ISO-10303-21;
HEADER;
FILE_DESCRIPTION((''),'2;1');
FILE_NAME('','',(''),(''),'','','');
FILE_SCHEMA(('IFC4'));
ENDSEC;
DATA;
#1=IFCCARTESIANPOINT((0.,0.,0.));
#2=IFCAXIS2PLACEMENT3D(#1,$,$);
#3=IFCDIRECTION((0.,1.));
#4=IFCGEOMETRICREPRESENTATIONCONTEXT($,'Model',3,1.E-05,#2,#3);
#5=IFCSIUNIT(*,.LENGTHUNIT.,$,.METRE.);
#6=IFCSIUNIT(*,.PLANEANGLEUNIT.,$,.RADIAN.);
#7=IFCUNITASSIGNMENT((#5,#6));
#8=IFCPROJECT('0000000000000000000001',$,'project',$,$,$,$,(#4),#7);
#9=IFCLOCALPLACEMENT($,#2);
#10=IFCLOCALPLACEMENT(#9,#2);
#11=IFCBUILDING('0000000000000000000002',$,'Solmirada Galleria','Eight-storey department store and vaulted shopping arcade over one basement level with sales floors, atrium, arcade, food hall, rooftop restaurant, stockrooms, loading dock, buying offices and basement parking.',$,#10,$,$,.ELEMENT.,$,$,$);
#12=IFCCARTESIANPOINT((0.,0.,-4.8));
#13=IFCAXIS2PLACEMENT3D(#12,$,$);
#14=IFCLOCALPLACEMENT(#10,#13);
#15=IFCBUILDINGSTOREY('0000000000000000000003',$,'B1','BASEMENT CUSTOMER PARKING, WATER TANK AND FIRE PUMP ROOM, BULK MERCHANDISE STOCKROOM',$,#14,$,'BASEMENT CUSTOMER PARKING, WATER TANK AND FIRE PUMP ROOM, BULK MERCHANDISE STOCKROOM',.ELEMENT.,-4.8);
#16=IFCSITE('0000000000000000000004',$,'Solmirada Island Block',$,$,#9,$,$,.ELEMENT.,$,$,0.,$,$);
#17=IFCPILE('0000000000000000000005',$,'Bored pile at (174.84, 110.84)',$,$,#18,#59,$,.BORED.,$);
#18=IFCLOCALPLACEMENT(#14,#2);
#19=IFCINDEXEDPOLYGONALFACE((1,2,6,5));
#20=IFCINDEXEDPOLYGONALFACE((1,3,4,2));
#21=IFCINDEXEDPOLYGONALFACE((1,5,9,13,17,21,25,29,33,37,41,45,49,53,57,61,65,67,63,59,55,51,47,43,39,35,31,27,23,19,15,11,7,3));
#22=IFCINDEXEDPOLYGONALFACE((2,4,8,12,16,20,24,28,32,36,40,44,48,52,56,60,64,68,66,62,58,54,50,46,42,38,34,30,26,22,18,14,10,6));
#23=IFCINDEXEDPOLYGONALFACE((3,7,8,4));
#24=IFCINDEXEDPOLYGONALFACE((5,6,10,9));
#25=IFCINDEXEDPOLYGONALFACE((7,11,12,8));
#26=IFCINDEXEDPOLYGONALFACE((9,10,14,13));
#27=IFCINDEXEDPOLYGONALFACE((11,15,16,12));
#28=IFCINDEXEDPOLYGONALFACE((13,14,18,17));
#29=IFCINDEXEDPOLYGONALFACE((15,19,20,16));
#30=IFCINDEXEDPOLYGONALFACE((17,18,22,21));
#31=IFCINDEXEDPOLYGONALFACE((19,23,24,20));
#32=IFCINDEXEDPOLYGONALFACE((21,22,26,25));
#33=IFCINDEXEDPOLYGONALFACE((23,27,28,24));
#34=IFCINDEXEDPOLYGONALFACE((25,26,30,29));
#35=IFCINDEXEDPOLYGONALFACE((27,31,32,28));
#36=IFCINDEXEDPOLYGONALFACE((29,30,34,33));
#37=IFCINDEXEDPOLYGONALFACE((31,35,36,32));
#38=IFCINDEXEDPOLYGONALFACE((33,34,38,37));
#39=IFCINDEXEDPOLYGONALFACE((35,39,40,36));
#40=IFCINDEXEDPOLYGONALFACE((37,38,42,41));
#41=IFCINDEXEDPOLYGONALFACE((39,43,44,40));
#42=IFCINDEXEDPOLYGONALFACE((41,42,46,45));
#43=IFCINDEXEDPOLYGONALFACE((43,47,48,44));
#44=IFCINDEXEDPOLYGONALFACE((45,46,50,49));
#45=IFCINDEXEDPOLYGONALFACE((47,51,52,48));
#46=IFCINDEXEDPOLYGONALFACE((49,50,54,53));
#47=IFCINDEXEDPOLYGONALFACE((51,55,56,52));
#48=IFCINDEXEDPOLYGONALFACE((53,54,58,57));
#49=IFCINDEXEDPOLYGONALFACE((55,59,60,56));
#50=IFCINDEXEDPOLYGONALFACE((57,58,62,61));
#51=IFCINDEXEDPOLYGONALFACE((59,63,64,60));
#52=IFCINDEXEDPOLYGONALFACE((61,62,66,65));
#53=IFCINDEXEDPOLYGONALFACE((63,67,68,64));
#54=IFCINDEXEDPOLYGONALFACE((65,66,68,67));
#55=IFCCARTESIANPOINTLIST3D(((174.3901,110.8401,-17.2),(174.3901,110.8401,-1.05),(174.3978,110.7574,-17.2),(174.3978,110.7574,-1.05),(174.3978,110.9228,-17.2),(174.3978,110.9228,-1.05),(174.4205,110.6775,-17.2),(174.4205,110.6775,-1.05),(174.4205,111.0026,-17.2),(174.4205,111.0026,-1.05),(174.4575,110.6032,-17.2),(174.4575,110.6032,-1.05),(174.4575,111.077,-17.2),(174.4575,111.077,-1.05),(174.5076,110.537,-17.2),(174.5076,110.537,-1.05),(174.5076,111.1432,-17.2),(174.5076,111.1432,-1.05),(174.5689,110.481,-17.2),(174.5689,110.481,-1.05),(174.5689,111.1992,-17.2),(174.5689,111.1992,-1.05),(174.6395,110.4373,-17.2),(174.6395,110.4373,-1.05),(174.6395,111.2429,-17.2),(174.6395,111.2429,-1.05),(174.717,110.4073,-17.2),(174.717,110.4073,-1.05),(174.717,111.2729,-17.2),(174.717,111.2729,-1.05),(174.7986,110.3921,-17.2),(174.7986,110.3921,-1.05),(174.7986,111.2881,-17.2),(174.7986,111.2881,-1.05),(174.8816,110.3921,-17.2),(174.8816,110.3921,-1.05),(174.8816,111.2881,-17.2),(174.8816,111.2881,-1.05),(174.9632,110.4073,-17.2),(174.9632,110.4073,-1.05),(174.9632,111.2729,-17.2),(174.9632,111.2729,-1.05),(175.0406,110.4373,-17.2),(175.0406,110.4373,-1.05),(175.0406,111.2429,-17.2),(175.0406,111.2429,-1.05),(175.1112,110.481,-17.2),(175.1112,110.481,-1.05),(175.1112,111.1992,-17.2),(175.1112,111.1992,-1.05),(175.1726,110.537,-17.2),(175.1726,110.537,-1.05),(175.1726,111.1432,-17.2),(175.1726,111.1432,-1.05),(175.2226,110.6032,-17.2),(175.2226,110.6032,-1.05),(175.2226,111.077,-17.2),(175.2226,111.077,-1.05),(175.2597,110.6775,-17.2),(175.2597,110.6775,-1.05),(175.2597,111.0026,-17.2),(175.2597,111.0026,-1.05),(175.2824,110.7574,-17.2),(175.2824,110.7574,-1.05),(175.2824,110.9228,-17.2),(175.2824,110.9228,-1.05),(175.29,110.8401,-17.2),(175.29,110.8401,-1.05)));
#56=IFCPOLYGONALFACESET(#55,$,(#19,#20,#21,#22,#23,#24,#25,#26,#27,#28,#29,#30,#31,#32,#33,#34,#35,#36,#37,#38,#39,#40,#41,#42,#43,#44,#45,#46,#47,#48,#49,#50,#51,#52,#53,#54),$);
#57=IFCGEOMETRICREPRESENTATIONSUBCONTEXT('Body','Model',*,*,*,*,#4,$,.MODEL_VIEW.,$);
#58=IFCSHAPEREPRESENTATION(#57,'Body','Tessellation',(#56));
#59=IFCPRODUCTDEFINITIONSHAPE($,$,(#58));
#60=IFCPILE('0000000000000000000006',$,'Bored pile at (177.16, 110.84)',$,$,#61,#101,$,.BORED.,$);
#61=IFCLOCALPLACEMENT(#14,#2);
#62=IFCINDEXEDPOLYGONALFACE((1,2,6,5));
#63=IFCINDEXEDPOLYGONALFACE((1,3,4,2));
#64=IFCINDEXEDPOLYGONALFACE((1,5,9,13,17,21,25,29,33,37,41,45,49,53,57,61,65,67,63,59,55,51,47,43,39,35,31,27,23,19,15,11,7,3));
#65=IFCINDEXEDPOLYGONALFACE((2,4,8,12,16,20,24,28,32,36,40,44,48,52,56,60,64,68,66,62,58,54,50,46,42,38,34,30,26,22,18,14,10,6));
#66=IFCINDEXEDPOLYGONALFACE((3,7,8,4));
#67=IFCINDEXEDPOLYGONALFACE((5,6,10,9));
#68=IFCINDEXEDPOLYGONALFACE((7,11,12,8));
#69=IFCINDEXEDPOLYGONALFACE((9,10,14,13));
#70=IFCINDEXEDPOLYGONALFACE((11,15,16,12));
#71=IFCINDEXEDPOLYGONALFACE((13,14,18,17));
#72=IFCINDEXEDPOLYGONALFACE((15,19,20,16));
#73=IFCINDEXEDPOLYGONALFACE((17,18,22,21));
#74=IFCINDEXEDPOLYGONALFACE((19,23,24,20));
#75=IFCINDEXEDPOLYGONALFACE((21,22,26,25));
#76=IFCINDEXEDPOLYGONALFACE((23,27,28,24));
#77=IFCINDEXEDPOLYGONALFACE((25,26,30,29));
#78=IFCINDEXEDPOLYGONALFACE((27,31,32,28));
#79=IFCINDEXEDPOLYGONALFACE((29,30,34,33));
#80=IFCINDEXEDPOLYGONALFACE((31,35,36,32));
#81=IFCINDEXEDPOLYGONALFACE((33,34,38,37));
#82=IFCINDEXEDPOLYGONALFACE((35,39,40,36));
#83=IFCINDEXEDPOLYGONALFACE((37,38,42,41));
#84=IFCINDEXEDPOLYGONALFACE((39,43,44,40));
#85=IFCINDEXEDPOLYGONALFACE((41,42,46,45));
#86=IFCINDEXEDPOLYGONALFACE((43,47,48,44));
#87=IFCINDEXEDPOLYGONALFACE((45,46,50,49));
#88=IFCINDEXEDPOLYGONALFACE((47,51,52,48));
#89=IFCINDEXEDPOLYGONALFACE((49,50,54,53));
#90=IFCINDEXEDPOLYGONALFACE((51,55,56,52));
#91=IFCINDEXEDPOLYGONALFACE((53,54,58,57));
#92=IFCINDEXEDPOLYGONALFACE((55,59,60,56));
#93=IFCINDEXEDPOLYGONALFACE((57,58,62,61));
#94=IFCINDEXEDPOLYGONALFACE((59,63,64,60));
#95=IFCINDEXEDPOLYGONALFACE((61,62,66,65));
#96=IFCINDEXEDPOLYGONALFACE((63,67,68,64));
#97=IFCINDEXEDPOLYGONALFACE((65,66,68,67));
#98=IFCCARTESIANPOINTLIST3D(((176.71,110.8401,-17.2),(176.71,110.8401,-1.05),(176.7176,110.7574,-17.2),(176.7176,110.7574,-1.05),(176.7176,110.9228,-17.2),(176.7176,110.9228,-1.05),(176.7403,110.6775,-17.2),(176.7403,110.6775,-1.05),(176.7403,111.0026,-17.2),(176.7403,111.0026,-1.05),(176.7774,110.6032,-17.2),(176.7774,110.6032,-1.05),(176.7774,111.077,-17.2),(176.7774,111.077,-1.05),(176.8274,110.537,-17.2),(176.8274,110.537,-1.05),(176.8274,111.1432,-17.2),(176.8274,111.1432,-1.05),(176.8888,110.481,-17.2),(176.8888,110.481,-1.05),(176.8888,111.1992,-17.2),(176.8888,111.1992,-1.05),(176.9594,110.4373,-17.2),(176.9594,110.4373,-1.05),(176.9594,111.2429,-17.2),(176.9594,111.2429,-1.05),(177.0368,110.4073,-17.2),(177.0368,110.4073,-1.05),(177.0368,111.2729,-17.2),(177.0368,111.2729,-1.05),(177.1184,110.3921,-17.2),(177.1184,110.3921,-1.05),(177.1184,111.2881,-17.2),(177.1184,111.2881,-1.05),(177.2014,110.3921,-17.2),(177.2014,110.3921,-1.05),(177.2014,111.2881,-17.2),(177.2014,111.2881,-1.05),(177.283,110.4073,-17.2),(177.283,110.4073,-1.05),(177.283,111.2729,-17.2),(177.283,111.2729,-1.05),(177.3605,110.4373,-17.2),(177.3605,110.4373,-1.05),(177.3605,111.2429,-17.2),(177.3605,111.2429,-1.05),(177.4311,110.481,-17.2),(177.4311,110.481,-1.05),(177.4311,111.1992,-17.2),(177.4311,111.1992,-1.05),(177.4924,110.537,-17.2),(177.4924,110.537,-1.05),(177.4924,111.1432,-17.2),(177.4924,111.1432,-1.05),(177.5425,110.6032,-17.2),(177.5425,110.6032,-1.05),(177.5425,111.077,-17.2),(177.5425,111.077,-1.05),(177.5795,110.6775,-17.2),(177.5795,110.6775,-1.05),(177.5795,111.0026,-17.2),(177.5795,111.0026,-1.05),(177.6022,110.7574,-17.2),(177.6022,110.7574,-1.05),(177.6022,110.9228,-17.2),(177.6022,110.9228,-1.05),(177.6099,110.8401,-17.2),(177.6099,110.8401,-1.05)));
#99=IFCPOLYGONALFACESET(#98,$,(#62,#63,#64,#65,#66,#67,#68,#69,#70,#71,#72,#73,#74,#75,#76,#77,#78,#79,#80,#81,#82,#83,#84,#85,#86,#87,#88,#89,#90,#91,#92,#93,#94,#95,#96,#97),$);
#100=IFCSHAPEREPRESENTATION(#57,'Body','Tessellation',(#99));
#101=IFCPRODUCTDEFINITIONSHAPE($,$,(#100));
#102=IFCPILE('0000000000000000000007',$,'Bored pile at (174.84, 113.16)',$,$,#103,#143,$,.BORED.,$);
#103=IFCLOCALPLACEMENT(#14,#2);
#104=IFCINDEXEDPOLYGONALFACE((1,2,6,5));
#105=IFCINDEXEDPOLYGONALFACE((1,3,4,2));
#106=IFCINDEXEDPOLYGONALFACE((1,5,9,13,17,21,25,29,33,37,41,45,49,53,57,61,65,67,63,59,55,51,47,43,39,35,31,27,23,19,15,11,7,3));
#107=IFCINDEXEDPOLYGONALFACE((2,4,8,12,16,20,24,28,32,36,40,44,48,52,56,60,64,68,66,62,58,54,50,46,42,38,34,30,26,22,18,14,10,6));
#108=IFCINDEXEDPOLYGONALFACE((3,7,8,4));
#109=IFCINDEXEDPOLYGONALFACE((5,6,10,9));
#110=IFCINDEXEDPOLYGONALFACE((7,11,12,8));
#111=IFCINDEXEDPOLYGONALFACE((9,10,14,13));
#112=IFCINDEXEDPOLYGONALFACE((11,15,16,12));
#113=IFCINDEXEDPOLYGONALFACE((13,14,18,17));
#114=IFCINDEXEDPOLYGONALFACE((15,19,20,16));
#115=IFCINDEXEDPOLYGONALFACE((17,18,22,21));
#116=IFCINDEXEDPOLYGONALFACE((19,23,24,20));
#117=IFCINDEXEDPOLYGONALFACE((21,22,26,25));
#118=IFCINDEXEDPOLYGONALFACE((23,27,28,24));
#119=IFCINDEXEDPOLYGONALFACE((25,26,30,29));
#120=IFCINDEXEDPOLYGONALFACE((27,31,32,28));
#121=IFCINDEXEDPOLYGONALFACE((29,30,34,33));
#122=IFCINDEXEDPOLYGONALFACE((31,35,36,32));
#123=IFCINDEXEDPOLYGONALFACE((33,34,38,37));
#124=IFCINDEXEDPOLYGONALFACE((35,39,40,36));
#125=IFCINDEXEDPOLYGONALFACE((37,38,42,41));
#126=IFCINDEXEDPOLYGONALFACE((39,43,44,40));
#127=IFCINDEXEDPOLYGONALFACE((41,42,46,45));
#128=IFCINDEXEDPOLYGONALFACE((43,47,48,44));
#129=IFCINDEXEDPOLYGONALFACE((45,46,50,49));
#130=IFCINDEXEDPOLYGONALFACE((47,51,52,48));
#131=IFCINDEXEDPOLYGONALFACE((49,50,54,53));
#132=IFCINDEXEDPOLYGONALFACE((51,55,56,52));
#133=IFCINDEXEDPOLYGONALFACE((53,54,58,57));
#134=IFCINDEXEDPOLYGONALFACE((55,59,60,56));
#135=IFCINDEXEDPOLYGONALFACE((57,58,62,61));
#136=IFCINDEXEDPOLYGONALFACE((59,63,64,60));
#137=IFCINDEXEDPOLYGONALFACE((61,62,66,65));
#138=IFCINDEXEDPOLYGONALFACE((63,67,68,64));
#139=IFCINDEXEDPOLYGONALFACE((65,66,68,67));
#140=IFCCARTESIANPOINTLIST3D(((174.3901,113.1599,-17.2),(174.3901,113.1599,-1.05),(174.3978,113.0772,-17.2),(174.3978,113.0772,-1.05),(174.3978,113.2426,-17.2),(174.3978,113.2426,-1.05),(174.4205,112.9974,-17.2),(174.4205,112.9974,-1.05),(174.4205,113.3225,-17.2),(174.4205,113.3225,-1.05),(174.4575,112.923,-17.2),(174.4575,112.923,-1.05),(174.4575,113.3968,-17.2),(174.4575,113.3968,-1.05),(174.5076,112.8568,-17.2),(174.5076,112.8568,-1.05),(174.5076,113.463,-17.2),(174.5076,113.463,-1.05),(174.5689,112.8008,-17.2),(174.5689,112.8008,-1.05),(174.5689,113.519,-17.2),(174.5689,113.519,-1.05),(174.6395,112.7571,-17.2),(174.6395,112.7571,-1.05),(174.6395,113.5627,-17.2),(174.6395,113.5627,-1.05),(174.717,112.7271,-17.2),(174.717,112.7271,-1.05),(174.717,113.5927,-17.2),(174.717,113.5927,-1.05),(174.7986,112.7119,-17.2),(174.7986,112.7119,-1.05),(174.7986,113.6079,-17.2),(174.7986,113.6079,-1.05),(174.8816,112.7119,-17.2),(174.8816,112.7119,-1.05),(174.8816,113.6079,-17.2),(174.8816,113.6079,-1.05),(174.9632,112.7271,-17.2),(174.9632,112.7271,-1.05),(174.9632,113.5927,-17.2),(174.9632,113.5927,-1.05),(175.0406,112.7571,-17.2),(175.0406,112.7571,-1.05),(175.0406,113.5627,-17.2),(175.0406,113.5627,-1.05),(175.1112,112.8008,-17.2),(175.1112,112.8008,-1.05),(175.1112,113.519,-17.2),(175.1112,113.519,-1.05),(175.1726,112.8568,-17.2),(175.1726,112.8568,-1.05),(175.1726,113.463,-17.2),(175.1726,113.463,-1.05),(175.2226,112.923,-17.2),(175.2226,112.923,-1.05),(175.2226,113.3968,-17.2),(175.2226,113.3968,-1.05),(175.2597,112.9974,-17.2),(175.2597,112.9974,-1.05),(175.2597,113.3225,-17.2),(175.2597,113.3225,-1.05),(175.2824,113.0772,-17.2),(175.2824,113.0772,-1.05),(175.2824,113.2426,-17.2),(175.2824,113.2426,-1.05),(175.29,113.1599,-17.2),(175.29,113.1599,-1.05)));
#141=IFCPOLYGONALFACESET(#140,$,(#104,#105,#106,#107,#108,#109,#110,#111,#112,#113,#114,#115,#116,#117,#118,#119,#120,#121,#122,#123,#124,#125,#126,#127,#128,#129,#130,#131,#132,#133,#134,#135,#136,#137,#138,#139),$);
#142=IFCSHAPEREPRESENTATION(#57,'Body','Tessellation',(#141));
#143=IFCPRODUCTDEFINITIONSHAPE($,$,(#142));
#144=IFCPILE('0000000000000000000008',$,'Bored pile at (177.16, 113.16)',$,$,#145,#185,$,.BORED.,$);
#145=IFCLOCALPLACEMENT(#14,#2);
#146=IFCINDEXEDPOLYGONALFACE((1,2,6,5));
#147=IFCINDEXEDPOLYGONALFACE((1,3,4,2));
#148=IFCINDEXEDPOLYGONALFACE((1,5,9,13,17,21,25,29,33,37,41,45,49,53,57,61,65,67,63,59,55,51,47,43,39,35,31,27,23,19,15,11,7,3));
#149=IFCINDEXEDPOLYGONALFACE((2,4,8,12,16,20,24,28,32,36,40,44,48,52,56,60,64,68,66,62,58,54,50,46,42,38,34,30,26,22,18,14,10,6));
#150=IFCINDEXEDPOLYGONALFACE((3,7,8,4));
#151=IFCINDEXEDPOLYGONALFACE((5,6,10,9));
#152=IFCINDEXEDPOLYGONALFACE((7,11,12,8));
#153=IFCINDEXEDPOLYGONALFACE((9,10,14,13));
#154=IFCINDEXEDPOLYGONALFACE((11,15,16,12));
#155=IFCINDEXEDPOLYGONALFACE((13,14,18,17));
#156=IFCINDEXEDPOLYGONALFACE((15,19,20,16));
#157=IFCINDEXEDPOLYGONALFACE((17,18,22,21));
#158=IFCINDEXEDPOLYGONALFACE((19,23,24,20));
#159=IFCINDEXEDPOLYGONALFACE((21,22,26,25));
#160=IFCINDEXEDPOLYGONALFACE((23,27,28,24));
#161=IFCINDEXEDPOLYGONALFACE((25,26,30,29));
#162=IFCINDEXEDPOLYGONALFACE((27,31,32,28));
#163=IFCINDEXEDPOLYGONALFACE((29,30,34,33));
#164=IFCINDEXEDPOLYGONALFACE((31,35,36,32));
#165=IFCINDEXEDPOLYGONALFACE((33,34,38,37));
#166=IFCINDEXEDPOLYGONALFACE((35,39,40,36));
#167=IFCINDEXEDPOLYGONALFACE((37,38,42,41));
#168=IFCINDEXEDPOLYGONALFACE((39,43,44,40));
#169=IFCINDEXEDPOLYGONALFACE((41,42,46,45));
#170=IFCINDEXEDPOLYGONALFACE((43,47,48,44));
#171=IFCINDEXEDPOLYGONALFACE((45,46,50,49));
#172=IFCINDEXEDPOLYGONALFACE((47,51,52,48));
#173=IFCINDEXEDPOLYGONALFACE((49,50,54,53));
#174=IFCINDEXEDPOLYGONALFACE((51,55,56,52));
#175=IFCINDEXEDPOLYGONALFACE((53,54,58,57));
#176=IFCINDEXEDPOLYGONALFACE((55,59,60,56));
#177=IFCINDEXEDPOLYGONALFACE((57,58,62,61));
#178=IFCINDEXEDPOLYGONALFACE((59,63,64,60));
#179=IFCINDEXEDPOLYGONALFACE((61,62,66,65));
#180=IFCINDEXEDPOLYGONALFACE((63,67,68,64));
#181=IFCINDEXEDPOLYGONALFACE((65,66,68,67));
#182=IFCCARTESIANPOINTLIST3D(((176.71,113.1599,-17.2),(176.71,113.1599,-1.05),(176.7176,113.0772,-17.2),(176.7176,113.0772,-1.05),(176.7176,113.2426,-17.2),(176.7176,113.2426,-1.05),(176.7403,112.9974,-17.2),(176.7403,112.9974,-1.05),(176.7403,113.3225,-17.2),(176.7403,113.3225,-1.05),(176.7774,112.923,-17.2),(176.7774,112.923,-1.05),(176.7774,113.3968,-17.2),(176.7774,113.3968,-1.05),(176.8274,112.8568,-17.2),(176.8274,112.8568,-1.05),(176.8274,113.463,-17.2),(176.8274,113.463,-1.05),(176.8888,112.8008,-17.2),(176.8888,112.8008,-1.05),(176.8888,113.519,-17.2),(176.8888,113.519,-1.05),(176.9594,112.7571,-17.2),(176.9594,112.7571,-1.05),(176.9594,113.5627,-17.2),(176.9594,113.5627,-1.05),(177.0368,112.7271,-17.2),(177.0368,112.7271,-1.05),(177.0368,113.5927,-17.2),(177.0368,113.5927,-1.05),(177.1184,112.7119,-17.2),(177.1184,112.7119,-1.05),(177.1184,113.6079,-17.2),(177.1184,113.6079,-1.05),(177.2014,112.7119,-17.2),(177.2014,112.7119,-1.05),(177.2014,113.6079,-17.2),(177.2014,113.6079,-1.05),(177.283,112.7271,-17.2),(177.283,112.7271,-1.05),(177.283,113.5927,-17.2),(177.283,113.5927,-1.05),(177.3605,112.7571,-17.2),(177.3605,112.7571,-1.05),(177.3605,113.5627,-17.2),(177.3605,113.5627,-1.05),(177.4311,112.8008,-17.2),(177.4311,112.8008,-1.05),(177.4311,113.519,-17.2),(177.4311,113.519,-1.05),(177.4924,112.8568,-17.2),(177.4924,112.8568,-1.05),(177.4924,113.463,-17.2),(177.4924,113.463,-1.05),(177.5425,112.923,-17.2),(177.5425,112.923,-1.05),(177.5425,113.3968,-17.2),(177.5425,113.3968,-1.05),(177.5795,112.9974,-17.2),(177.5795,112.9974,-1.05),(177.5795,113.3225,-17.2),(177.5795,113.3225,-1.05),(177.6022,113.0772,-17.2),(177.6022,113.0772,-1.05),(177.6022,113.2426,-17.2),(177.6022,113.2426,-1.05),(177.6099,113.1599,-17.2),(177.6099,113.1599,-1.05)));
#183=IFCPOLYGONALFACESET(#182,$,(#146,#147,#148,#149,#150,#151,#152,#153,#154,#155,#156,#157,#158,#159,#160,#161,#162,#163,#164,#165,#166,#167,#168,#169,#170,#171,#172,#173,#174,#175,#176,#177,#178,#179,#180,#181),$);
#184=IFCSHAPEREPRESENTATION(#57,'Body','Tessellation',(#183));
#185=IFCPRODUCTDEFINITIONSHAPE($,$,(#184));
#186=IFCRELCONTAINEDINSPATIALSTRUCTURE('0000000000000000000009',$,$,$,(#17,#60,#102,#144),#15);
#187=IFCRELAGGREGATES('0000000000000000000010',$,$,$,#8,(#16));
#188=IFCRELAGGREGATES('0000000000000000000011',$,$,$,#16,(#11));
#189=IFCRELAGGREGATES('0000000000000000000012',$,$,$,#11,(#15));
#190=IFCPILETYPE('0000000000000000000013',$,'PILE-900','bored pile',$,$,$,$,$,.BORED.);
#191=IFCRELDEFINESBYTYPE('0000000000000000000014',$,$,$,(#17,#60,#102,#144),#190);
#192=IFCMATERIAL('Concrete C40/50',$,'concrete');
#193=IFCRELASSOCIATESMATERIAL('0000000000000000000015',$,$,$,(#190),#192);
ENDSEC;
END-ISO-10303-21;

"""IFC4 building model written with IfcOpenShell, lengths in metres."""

from ifc_helpers import new_model, si_unit, direction, frame, origin, origin_2d, place, context, subcontext, project, spatial, circle, extrude, material, material_profile, profile_set, type_object, element, save


model = new_model("IFC4")

# Units and contexts
model_context = context("Model", 3, precision=1e-05, world=origin(), true_north=direction((0.0, 1.0)))
body_context = subcontext(model_context, "Body", "Model", "MODEL_VIEW")
ifc_project = project(units=[si_unit("LENGTHUNIT", "METRE"), si_unit("PLANEANGLEUNIT", "RADIAN")], contexts=[model_context])

# Site, building, storey
site_placement = place(None, origin())
site = spatial("IfcSite", under=ifc_project, at=site_placement, Name="Solmirada Island Block", CompositionType="ELEMENT", RefElevation=0.0)
building_placement = place(site_placement, origin())
building = spatial("IfcBuilding", under=site, at=building_placement, Name="Solmirada Galleria", Description="Eight-storey department store and vaulted shopping arcade over one basement level with sales floors, atrium, arcade, food hall, rooftop restaurant, stockrooms, loading dock, buying offices and basement parking.", CompositionType="ELEMENT")
storey_placement = place(building_placement, frame((0.0, 0.0, -4.8)))
storey = spatial("IfcBuildingStorey", under=building, at=storey_placement, Name="B1", Description="BASEMENT CUSTOMER PARKING, WATER TANK AND FIRE PUMP ROOM, BULK MERCHANDISE STOCKROOM", LongName="BASEMENT CUSTOMER PARKING, WATER TANK AND FIRE PUMP ROOM, BULK MERCHANDISE STOCKROOM", CompositionType="ELEMENT", Elevation=-4.8)

# Piles
ifc_material_1 = material(Name="Concrete C40/50", Category="concrete")
ifc_material_profile_1 = material_profile(ifc_material_1, circle(Radius=0.45, at=origin_2d()), Name="PILE900")
ifc_profile_set_1 = profile_set([ifc_material_profile_1], Name="Concrete C40/50")
pile_type = type_object("IfcPileType", Name="PILE-900", Description="bored pile", PredefinedType="BORED", material=ifc_profile_set_1)
for number, where, z_axis, x_axis, name in (
    (1, (174.8401, 110.8401, -1.05), (0.0, 0.0, -1.0), (1.0, 0.0, 0.0), "Bored pile at (174.84, 110.84)"),
    (2, (177.1599, 110.8401, -1.05), (0.0, 0.0, -1.0), (1.0, 0.0, 0.0), "Bored pile at (177.16, 110.84)"),
    (3, (174.8401, 113.1599, -1.05), (0.0, 0.0, -1.0), (1.0, 0.0, 0.0), "Bored pile at (174.84, 113.16)"),
    (4, (177.1599, 113.1599, -1.05), (0.0, 0.0, -1.0), (1.0, 0.0, 0.0), "Bored pile at (177.16, 113.16)"),
):
    element("IfcPile", number, at=place(storey_placement, frame(where, z_axis=z_axis, x_axis=x_axis)), inside=storey, type_object=pile_type, Name=name, PredefinedType="BORED", context=body_context, shape_type="SweptSolid", body=[
        extrude(circle(Radius=0.45, at=origin_2d()), origin(), (0.0, 0.0, 1.0), 16.1499),
    ])

save(model, "model.ifc")
